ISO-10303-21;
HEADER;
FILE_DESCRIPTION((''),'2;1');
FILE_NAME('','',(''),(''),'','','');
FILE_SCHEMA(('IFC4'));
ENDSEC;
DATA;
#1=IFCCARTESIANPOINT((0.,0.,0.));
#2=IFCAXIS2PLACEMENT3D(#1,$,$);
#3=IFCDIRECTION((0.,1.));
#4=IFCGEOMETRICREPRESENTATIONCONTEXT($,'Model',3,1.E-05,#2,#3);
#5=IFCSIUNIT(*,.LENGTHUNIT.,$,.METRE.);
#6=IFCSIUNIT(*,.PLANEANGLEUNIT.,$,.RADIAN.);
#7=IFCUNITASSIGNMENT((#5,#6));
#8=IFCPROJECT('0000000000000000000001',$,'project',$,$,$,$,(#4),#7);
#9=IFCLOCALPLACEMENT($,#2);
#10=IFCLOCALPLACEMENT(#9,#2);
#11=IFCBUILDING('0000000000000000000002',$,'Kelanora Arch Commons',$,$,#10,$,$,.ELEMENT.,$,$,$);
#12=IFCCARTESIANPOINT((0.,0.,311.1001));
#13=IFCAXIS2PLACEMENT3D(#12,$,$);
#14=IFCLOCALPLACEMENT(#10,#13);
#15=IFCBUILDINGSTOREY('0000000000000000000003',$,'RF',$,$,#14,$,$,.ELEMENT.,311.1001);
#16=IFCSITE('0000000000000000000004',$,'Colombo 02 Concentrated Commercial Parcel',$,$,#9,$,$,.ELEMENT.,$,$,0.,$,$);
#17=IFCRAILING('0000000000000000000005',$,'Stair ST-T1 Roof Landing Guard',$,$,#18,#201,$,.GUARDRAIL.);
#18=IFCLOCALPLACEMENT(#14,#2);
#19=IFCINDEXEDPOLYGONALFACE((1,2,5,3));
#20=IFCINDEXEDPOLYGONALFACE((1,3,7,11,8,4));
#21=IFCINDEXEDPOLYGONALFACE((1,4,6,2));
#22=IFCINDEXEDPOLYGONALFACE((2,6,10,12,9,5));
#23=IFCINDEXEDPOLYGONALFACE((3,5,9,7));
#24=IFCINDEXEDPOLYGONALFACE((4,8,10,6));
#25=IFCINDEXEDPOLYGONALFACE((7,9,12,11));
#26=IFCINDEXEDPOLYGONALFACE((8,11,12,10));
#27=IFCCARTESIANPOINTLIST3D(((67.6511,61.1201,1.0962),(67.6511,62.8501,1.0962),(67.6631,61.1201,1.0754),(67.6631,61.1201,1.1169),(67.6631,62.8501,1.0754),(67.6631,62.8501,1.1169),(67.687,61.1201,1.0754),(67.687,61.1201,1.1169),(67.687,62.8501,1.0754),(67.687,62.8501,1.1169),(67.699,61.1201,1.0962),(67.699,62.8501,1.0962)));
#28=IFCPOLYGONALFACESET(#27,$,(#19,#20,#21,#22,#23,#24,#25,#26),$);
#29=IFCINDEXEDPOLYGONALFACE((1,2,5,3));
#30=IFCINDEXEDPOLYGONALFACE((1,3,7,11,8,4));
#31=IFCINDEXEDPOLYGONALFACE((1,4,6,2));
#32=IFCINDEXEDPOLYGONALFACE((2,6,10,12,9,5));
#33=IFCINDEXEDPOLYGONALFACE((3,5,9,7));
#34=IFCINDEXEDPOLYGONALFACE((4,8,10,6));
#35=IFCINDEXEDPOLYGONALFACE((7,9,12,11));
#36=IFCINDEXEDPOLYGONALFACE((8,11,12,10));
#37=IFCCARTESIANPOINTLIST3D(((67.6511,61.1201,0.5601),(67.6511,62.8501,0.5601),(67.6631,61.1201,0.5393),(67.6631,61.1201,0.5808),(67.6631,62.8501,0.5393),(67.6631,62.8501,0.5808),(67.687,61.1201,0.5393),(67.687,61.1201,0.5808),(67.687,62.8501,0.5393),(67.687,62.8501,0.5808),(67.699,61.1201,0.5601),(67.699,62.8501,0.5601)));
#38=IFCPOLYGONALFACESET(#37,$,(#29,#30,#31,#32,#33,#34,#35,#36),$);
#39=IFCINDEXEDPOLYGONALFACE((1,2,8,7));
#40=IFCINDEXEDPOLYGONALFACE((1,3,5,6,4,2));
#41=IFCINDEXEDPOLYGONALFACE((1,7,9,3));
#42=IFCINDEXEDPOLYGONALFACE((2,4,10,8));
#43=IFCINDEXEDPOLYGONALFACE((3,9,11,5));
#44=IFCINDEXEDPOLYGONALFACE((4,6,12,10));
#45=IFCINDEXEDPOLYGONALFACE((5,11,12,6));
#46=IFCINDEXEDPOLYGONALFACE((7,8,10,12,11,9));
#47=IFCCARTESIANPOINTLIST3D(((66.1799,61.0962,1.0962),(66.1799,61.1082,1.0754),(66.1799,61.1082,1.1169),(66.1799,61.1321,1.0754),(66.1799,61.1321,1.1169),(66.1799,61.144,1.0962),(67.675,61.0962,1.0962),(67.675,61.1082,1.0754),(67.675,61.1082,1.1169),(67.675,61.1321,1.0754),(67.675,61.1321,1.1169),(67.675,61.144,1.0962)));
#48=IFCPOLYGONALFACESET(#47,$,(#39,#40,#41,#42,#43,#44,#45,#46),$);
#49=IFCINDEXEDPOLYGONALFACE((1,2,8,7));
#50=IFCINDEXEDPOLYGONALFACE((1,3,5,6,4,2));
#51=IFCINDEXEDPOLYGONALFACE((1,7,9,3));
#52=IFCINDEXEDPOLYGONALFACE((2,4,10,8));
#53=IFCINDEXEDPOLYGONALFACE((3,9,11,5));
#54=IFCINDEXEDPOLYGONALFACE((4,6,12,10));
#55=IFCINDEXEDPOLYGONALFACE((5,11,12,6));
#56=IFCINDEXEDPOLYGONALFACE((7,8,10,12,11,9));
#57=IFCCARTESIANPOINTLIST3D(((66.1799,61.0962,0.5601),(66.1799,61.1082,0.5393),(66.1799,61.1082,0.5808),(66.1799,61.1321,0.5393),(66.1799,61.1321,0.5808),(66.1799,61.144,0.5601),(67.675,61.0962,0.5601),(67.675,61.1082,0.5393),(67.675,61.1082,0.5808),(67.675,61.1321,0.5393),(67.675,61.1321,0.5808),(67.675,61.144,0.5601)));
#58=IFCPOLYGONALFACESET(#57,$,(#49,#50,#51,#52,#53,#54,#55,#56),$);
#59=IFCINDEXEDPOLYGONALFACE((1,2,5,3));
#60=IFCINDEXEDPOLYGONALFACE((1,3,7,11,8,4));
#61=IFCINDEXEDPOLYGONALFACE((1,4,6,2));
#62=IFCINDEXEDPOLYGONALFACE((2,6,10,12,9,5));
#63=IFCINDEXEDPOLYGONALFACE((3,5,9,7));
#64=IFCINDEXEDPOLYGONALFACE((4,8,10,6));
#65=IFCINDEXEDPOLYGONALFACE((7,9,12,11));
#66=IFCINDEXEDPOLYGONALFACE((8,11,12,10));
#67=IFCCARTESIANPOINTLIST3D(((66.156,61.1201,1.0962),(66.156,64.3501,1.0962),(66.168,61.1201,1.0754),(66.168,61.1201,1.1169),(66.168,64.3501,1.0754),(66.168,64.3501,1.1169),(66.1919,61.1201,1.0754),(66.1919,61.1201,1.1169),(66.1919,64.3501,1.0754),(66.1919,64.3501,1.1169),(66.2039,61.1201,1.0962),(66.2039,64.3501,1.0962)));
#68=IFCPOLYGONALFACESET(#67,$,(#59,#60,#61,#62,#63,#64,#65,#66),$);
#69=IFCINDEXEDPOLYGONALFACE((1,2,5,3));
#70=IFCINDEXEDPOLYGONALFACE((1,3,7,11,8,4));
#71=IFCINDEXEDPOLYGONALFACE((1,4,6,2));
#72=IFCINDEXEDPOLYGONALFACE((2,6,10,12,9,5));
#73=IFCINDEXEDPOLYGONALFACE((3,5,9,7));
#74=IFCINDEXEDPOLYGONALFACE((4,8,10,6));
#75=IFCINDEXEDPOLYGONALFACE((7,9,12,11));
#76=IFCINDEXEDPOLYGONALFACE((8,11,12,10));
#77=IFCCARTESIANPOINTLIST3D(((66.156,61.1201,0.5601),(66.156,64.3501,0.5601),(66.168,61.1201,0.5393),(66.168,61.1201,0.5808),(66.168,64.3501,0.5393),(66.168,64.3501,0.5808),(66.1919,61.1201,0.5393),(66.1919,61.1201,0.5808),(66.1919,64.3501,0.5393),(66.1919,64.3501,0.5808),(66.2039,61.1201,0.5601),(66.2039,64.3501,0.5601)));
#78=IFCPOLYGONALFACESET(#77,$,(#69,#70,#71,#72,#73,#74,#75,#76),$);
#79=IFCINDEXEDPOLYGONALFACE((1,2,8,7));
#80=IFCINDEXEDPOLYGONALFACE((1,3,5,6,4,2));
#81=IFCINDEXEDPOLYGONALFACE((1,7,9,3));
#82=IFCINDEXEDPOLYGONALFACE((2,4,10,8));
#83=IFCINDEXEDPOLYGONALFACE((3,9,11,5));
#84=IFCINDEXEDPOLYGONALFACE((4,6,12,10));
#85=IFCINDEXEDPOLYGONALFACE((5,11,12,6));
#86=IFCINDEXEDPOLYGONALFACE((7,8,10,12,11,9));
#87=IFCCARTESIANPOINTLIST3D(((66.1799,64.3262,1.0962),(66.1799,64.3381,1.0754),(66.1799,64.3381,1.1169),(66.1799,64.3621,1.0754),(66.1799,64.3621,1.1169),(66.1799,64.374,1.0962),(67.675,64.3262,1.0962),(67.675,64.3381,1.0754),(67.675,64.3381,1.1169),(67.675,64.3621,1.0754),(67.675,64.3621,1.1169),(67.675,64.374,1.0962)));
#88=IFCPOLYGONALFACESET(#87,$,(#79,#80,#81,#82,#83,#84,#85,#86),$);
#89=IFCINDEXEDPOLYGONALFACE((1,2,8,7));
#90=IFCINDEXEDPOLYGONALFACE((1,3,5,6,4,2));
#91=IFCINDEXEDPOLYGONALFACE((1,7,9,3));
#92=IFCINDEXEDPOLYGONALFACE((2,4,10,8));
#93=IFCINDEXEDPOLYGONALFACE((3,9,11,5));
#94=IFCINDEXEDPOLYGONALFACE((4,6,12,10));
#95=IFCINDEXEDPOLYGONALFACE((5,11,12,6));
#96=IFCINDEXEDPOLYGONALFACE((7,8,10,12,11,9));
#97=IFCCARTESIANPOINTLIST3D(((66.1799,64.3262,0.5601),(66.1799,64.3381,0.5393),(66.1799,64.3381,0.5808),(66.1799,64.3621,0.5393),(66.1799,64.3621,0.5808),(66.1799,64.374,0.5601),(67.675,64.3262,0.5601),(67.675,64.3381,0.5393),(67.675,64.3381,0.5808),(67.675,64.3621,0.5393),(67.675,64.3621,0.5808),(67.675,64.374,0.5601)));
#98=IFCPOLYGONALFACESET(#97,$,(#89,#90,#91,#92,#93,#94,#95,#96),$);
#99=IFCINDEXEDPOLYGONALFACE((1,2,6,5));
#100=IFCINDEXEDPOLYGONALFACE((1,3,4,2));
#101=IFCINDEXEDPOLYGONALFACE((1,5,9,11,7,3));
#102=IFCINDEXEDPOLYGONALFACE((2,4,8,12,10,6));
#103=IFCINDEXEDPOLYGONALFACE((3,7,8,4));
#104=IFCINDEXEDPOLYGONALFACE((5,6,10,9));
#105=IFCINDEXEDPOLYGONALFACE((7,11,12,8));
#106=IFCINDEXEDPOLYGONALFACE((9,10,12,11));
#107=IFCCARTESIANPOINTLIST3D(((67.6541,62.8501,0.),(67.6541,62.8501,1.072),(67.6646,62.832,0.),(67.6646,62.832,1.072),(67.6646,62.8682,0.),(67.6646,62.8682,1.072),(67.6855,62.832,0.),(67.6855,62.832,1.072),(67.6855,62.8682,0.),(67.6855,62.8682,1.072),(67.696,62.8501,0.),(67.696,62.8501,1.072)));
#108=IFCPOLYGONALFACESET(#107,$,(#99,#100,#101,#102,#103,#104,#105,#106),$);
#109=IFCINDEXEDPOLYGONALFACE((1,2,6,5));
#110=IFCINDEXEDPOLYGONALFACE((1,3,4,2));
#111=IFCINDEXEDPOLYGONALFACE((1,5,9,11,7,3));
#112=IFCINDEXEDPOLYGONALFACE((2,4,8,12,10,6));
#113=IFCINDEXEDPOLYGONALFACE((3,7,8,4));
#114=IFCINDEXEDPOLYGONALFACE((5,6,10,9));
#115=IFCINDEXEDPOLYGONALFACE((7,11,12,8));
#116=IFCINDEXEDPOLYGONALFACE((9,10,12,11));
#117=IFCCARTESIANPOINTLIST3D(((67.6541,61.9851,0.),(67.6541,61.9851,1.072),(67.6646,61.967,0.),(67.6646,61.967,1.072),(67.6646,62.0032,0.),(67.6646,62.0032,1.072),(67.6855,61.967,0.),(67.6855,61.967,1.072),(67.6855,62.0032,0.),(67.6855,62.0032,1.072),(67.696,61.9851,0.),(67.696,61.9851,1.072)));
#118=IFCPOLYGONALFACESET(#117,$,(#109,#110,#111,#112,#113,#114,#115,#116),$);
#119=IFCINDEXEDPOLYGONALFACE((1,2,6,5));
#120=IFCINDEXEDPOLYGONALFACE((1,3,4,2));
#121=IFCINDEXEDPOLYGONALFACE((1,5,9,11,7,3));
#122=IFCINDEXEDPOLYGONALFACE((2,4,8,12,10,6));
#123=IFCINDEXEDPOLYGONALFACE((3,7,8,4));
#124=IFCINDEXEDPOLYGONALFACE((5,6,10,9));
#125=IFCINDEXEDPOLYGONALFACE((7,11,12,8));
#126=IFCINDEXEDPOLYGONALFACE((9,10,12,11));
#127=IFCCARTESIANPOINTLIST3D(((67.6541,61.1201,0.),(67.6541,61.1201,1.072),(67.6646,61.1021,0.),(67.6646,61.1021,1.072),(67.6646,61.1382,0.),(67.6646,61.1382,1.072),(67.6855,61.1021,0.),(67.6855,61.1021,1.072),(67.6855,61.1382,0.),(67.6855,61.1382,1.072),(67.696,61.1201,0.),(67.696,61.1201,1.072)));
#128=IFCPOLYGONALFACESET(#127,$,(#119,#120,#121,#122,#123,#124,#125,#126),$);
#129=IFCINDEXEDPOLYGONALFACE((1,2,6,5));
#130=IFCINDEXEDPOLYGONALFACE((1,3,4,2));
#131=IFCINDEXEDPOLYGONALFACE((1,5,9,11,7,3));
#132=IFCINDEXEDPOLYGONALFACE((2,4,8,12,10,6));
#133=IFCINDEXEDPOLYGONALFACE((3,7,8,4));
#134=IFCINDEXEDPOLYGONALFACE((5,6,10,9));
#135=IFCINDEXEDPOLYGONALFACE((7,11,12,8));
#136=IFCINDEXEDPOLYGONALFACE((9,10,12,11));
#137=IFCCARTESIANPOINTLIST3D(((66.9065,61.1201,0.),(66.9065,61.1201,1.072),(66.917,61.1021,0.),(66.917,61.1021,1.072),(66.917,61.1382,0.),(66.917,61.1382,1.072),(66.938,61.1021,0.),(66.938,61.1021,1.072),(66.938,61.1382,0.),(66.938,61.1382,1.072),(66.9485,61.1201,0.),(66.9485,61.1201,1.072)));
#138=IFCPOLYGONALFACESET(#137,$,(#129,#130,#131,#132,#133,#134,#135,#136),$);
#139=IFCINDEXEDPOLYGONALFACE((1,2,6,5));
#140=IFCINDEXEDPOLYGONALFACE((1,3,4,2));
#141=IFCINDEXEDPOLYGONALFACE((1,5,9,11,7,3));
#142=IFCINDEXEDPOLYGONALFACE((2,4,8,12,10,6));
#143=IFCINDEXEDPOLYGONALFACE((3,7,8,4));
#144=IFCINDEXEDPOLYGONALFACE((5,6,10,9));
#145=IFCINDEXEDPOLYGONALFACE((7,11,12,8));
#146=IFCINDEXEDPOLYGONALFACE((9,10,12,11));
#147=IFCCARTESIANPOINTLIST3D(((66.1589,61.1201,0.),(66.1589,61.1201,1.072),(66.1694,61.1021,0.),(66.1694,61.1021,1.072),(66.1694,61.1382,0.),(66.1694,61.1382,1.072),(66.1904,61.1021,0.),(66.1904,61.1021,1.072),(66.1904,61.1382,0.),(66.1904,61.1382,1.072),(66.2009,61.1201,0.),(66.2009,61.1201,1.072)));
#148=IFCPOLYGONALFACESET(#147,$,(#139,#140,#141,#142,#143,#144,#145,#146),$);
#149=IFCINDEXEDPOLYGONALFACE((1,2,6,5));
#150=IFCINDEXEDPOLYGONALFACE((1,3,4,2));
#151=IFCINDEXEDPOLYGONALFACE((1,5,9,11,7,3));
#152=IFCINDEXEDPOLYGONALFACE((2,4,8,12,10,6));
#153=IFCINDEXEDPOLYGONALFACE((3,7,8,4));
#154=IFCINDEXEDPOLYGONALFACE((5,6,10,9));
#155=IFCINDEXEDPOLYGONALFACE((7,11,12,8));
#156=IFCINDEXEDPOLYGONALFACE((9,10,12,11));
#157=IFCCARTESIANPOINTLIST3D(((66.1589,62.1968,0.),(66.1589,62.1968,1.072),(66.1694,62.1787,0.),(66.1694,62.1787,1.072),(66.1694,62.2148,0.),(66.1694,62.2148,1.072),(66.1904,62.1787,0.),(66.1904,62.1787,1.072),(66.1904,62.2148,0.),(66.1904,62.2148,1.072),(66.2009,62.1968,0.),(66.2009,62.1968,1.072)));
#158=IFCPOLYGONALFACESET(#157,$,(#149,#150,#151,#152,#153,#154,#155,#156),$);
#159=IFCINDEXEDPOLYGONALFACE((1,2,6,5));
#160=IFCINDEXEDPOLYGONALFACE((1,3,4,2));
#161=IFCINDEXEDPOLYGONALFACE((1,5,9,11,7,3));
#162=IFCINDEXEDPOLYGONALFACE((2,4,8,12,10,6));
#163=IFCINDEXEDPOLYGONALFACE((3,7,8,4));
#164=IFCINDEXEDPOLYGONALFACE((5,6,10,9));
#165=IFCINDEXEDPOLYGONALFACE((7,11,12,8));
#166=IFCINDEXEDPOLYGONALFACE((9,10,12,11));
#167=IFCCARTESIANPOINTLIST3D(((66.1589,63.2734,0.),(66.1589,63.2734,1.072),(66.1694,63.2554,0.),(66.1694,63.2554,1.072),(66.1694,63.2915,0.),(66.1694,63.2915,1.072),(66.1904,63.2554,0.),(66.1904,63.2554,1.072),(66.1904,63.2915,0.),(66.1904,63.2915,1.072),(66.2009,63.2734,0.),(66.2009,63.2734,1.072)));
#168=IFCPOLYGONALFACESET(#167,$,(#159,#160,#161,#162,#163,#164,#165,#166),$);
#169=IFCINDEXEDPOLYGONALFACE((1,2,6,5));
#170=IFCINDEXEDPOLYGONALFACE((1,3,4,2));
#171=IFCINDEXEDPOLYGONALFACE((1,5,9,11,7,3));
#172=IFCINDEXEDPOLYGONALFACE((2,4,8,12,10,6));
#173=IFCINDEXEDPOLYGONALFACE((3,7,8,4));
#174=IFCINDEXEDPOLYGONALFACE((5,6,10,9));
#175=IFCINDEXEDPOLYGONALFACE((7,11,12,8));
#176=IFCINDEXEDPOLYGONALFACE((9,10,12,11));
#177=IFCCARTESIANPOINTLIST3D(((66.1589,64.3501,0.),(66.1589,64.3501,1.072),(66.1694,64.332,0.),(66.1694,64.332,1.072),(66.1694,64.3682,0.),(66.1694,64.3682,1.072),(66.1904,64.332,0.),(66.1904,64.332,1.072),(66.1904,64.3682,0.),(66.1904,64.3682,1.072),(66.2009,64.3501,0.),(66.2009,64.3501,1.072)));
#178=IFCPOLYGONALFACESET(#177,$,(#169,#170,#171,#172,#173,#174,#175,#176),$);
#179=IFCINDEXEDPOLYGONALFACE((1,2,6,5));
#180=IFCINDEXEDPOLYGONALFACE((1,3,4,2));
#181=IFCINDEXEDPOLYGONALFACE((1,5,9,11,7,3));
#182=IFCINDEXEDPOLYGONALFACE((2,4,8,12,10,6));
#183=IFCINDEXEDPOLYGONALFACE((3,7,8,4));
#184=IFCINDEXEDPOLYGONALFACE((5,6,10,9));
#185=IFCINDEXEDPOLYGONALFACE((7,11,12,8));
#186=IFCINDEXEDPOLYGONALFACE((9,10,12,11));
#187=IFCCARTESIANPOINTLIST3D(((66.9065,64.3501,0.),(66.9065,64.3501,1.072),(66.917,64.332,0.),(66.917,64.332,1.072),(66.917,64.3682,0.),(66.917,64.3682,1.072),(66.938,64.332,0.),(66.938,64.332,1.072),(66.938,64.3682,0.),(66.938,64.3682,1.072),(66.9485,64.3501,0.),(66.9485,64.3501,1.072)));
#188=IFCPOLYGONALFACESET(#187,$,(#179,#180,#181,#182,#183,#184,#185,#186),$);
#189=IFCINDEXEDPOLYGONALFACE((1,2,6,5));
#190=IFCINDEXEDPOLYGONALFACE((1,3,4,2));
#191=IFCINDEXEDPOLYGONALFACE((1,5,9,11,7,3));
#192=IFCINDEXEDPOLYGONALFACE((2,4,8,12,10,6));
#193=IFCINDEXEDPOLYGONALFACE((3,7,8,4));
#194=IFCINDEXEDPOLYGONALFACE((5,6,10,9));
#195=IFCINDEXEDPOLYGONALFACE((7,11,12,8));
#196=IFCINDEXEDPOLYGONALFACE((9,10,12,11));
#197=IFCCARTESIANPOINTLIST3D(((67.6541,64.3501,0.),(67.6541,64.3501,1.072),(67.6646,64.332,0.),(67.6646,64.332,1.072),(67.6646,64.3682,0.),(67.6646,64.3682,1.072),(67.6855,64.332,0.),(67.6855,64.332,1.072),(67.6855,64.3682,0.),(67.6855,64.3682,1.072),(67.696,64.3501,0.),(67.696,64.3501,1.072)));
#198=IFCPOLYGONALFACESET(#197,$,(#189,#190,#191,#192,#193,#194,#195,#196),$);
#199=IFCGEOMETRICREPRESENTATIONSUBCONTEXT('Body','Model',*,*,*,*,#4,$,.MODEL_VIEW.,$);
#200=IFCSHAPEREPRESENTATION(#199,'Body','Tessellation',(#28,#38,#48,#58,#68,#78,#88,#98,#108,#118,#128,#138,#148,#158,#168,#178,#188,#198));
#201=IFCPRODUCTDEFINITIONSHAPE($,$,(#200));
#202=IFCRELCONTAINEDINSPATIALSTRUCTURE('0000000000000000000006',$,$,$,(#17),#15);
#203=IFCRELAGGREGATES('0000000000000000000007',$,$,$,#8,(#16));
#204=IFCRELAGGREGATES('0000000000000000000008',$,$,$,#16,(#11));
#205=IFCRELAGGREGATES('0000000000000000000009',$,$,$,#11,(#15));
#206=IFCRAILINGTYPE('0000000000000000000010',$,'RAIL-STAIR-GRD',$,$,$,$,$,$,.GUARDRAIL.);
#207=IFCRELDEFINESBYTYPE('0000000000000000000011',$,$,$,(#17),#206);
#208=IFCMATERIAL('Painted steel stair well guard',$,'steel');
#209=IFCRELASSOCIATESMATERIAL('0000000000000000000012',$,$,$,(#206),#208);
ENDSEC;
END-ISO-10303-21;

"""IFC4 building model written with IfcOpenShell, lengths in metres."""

from ifc_helpers import new_model, si_unit, direction, frame, origin, place, context, subcontext, project, spatial, polyline, outline, extrude, material, type_object, element, save


model = new_model("IFC4")

# Units and contexts
model_context = context("Model", 3, precision=1e-05, world=origin(), true_north=direction((0.0, 1.0)))
body_context = subcontext(model_context, "Body", "Model", "MODEL_VIEW")
ifc_project = project(units=[si_unit("LENGTHUNIT", "METRE"), si_unit("PLANEANGLEUNIT", "RADIAN")], contexts=[model_context])

# Site, building, storey
site_placement = place(None, origin())
site = spatial("IfcSite", under=ifc_project, at=site_placement, Name="Colombo 02 Concentrated Commercial Parcel", CompositionType="ELEMENT", RefElevation=0.0)
building_placement = place(site_placement, origin())
building = spatial("IfcBuilding", under=site, at=building_placement, Name="Kelanora Arch Commons", CompositionType="ELEMENT")
storey_placement = place(building_placement, frame((0.0, 0.0, 311.1001)))
storey = spatial("IfcBuildingStorey", under=building, at=storey_placement, Name="RF", CompositionType="ELEMENT", Elevation=311.1001)

# Railing
ifc_material_1 = material(Name="Painted steel stair well guard", Category="steel")
railing_type = type_object("IfcRailingType", Name="RAIL-STAIR-GRD", PredefinedType="GUARDRAIL", material=ifc_material_1)
railing_1_placement = place(storey_placement, frame((67.675, 62.8501, 0.0)))
element("IfcRailing", 1, at=railing_1_placement, inside=storey, type_object=railing_type, Name="Stair ST-T1 Roof Landing Guard", PredefinedType="GUARDRAIL", context=body_context, shape_type="SweptSolid", body=[
    extrude(outline(polyline([(0.0239, 0.0), (0.012, 0.0208), (-0.012, 0.0208), (-0.0239, 0.0), (-0.012, -0.0208), (0.012, -0.0208), (0.0239, 0.0)])), frame((0.0, 0.0, 1.0962), z_axis=(0.0, -1.0, 0.0), x_axis=(1.0, 0.0, 0.0)), (0.0, 0.0, 1.0), 1.73),
    extrude(outline(polyline([(0.0239, 0.0), (0.012, 0.0208), (-0.012, 0.0208), (-0.0239, 0.0), (-0.012, -0.0208), (0.012, -0.0208), (0.0239, 0.0)])), frame((0.0, 0.0, 0.5601), z_axis=(0.0, -1.0, 0.0), x_axis=(1.0, 0.0, 0.0)), (0.0, 0.0, 1.0), 1.73),
    extrude(outline(polyline([(0.0239, 0.0), (0.012, 0.0208), (-0.012, 0.0208), (-0.0239, 0.0), (-0.012, -0.0208), (0.012, -0.0208), (0.0239, 0.0)])), frame((0.0, -1.73, 1.0962), z_axis=(-1.0, 0.0, 0.0), x_axis=(0.0, -1.0, 0.0)), (0.0, 0.0, 1.0), 1.4951),
    extrude(outline(polyline([(0.0239, 0.0), (0.012, 0.0208), (-0.012, 0.0208), (-0.0239, 0.0), (-0.012, -0.0208), (0.012, -0.0208), (0.0239, 0.0)])), frame((0.0, -1.73, 0.5601), z_axis=(-1.0, 0.0, 0.0), x_axis=(0.0, -1.0, 0.0)), (0.0, 0.0, 1.0), 1.4951),
    extrude(outline(polyline([(0.0239, 0.0), (0.012, 0.0208), (-0.012, 0.0208), (-0.0239, 0.0), (-0.012, -0.0208), (0.012, -0.0208), (0.0239, 0.0)])), frame((-1.4951, -1.73, 1.0962), z_axis=(0.0, 1.0, 0.0), x_axis=(-1.0, 0.0, 0.0)), (0.0, 0.0, 1.0), 3.23),
    extrude(outline(polyline([(0.0239, 0.0), (0.012, 0.0208), (-0.012, 0.0208), (-0.0239, 0.0), (-0.012, -0.0208), (0.012, -0.0208), (0.0239, 0.0)])), frame((-1.4951, -1.73, 0.5601), z_axis=(0.0, 1.0, 0.0), x_axis=(-1.0, 0.0, 0.0)), (0.0, 0.0, 1.0), 3.23),
    extrude(outline(polyline([(0.0239, 0.0), (0.012, 0.0208), (-0.012, 0.0208), (-0.0239, 0.0), (-0.012, -0.0208), (0.012, -0.0208), (0.0239, 0.0)])), frame((-1.4951, 1.5, 1.0962), z_axis=(1.0, 0.0, 0.0), x_axis=(0.0, 1.0, 0.0)), (0.0, 0.0, 1.0), 1.4951),
    extrude(outline(polyline([(0.0239, 0.0), (0.012, 0.0208), (-0.012, 0.0208), (-0.0239, 0.0), (-0.012, -0.0208), (0.012, -0.0208), (0.0239, 0.0)])), frame((-1.4951, 1.5, 0.5601), z_axis=(1.0, 0.0, 0.0), x_axis=(0.0, 1.0, 0.0)), (0.0, 0.0, 1.0), 1.4951),
    extrude(outline(polyline([(0.021, 0.0), (0.0105, 0.0181), (-0.0105, 0.0181), (-0.021, 0.0), (-0.0105, -0.0181), (0.0105, -0.0181), (0.021, 0.0)])), origin(), (0.0, 0.0, 1.0), 1.072),
    extrude(outline(polyline([(0.021, 0.0), (0.0105, 0.0181), (-0.0105, 0.0181), (-0.021, 0.0), (-0.0105, -0.0181), (0.0105, -0.0181), (0.021, 0.0)])), frame((0.0, -0.865, 0.0)), (0.0, 0.0, 1.0), 1.072),
    extrude(outline(polyline([(0.021, 0.0), (0.0105, 0.0181), (-0.0105, 0.0181), (-0.021, 0.0), (-0.0105, -0.0181), (0.0105, -0.0181), (0.021, 0.0)])), frame((0.0, -1.73, 0.0)), (0.0, 0.0, 1.0), 1.072),
    extrude(outline(polyline([(0.021, 0.0), (0.0105, 0.0181), (-0.0105, 0.0181), (-0.021, 0.0), (-0.0105, -0.0181), (0.0105, -0.0181), (0.021, 0.0)])), frame((-0.7476, -1.73, 0.0)), (0.0, 0.0, 1.0), 1.072),
    extrude(outline(polyline([(0.021, 0.0), (0.0105, 0.0181), (-0.0105, 0.0181), (-0.021, 0.0), (-0.0105, -0.0181), (0.0105, -0.0181), (0.021, 0.0)])), frame((-1.4951, -1.73, 0.0)), (0.0, 0.0, 1.0), 1.072),
    extrude(outline(polyline([(0.021, 0.0), (0.0105, 0.0181), (-0.0105, 0.0181), (-0.021, 0.0), (-0.0105, -0.0181), (0.0105, -0.0181), (0.021, 0.0)])), frame((-1.4951, -0.6533, 0.0)), (0.0, 0.0, 1.0), 1.072),
    extrude(outline(polyline([(0.021, 0.0), (0.0105, 0.0181), (-0.0105, 0.0181), (-0.021, 0.0), (-0.0105, -0.0181), (0.0105, -0.0181), (0.021, 0.0)])), frame((-1.4951, 0.4233, 0.0)), (0.0, 0.0, 1.0), 1.072),
    extrude(outline(polyline([(0.021, 0.0), (0.0105, 0.0181), (-0.0105, 0.0181), (-0.021, 0.0), (-0.0105, -0.0181), (0.0105, -0.0181), (0.021, 0.0)])), frame((-1.4951, 1.5, 0.0)), (0.0, 0.0, 1.0), 1.072),
    extrude(outline(polyline([(0.021, 0.0), (0.0105, 0.0181), (-0.0105, 0.0181), (-0.021, 0.0), (-0.0105, -0.0181), (0.0105, -0.0181), (0.021, 0.0)])), frame((-0.7476, 1.5, 0.0)), (0.0, 0.0, 1.0), 1.072),
    extrude(outline(polyline([(0.021, 0.0), (0.0105, 0.0181), (-0.0105, 0.0181), (-0.021, 0.0), (-0.0105, -0.0181), (0.0105, -0.0181), (0.021, 0.0)])), frame((0.0, 1.5, 0.0)), (0.0, 0.0, 1.0), 1.072),
])

save(model, "model.ifc")
